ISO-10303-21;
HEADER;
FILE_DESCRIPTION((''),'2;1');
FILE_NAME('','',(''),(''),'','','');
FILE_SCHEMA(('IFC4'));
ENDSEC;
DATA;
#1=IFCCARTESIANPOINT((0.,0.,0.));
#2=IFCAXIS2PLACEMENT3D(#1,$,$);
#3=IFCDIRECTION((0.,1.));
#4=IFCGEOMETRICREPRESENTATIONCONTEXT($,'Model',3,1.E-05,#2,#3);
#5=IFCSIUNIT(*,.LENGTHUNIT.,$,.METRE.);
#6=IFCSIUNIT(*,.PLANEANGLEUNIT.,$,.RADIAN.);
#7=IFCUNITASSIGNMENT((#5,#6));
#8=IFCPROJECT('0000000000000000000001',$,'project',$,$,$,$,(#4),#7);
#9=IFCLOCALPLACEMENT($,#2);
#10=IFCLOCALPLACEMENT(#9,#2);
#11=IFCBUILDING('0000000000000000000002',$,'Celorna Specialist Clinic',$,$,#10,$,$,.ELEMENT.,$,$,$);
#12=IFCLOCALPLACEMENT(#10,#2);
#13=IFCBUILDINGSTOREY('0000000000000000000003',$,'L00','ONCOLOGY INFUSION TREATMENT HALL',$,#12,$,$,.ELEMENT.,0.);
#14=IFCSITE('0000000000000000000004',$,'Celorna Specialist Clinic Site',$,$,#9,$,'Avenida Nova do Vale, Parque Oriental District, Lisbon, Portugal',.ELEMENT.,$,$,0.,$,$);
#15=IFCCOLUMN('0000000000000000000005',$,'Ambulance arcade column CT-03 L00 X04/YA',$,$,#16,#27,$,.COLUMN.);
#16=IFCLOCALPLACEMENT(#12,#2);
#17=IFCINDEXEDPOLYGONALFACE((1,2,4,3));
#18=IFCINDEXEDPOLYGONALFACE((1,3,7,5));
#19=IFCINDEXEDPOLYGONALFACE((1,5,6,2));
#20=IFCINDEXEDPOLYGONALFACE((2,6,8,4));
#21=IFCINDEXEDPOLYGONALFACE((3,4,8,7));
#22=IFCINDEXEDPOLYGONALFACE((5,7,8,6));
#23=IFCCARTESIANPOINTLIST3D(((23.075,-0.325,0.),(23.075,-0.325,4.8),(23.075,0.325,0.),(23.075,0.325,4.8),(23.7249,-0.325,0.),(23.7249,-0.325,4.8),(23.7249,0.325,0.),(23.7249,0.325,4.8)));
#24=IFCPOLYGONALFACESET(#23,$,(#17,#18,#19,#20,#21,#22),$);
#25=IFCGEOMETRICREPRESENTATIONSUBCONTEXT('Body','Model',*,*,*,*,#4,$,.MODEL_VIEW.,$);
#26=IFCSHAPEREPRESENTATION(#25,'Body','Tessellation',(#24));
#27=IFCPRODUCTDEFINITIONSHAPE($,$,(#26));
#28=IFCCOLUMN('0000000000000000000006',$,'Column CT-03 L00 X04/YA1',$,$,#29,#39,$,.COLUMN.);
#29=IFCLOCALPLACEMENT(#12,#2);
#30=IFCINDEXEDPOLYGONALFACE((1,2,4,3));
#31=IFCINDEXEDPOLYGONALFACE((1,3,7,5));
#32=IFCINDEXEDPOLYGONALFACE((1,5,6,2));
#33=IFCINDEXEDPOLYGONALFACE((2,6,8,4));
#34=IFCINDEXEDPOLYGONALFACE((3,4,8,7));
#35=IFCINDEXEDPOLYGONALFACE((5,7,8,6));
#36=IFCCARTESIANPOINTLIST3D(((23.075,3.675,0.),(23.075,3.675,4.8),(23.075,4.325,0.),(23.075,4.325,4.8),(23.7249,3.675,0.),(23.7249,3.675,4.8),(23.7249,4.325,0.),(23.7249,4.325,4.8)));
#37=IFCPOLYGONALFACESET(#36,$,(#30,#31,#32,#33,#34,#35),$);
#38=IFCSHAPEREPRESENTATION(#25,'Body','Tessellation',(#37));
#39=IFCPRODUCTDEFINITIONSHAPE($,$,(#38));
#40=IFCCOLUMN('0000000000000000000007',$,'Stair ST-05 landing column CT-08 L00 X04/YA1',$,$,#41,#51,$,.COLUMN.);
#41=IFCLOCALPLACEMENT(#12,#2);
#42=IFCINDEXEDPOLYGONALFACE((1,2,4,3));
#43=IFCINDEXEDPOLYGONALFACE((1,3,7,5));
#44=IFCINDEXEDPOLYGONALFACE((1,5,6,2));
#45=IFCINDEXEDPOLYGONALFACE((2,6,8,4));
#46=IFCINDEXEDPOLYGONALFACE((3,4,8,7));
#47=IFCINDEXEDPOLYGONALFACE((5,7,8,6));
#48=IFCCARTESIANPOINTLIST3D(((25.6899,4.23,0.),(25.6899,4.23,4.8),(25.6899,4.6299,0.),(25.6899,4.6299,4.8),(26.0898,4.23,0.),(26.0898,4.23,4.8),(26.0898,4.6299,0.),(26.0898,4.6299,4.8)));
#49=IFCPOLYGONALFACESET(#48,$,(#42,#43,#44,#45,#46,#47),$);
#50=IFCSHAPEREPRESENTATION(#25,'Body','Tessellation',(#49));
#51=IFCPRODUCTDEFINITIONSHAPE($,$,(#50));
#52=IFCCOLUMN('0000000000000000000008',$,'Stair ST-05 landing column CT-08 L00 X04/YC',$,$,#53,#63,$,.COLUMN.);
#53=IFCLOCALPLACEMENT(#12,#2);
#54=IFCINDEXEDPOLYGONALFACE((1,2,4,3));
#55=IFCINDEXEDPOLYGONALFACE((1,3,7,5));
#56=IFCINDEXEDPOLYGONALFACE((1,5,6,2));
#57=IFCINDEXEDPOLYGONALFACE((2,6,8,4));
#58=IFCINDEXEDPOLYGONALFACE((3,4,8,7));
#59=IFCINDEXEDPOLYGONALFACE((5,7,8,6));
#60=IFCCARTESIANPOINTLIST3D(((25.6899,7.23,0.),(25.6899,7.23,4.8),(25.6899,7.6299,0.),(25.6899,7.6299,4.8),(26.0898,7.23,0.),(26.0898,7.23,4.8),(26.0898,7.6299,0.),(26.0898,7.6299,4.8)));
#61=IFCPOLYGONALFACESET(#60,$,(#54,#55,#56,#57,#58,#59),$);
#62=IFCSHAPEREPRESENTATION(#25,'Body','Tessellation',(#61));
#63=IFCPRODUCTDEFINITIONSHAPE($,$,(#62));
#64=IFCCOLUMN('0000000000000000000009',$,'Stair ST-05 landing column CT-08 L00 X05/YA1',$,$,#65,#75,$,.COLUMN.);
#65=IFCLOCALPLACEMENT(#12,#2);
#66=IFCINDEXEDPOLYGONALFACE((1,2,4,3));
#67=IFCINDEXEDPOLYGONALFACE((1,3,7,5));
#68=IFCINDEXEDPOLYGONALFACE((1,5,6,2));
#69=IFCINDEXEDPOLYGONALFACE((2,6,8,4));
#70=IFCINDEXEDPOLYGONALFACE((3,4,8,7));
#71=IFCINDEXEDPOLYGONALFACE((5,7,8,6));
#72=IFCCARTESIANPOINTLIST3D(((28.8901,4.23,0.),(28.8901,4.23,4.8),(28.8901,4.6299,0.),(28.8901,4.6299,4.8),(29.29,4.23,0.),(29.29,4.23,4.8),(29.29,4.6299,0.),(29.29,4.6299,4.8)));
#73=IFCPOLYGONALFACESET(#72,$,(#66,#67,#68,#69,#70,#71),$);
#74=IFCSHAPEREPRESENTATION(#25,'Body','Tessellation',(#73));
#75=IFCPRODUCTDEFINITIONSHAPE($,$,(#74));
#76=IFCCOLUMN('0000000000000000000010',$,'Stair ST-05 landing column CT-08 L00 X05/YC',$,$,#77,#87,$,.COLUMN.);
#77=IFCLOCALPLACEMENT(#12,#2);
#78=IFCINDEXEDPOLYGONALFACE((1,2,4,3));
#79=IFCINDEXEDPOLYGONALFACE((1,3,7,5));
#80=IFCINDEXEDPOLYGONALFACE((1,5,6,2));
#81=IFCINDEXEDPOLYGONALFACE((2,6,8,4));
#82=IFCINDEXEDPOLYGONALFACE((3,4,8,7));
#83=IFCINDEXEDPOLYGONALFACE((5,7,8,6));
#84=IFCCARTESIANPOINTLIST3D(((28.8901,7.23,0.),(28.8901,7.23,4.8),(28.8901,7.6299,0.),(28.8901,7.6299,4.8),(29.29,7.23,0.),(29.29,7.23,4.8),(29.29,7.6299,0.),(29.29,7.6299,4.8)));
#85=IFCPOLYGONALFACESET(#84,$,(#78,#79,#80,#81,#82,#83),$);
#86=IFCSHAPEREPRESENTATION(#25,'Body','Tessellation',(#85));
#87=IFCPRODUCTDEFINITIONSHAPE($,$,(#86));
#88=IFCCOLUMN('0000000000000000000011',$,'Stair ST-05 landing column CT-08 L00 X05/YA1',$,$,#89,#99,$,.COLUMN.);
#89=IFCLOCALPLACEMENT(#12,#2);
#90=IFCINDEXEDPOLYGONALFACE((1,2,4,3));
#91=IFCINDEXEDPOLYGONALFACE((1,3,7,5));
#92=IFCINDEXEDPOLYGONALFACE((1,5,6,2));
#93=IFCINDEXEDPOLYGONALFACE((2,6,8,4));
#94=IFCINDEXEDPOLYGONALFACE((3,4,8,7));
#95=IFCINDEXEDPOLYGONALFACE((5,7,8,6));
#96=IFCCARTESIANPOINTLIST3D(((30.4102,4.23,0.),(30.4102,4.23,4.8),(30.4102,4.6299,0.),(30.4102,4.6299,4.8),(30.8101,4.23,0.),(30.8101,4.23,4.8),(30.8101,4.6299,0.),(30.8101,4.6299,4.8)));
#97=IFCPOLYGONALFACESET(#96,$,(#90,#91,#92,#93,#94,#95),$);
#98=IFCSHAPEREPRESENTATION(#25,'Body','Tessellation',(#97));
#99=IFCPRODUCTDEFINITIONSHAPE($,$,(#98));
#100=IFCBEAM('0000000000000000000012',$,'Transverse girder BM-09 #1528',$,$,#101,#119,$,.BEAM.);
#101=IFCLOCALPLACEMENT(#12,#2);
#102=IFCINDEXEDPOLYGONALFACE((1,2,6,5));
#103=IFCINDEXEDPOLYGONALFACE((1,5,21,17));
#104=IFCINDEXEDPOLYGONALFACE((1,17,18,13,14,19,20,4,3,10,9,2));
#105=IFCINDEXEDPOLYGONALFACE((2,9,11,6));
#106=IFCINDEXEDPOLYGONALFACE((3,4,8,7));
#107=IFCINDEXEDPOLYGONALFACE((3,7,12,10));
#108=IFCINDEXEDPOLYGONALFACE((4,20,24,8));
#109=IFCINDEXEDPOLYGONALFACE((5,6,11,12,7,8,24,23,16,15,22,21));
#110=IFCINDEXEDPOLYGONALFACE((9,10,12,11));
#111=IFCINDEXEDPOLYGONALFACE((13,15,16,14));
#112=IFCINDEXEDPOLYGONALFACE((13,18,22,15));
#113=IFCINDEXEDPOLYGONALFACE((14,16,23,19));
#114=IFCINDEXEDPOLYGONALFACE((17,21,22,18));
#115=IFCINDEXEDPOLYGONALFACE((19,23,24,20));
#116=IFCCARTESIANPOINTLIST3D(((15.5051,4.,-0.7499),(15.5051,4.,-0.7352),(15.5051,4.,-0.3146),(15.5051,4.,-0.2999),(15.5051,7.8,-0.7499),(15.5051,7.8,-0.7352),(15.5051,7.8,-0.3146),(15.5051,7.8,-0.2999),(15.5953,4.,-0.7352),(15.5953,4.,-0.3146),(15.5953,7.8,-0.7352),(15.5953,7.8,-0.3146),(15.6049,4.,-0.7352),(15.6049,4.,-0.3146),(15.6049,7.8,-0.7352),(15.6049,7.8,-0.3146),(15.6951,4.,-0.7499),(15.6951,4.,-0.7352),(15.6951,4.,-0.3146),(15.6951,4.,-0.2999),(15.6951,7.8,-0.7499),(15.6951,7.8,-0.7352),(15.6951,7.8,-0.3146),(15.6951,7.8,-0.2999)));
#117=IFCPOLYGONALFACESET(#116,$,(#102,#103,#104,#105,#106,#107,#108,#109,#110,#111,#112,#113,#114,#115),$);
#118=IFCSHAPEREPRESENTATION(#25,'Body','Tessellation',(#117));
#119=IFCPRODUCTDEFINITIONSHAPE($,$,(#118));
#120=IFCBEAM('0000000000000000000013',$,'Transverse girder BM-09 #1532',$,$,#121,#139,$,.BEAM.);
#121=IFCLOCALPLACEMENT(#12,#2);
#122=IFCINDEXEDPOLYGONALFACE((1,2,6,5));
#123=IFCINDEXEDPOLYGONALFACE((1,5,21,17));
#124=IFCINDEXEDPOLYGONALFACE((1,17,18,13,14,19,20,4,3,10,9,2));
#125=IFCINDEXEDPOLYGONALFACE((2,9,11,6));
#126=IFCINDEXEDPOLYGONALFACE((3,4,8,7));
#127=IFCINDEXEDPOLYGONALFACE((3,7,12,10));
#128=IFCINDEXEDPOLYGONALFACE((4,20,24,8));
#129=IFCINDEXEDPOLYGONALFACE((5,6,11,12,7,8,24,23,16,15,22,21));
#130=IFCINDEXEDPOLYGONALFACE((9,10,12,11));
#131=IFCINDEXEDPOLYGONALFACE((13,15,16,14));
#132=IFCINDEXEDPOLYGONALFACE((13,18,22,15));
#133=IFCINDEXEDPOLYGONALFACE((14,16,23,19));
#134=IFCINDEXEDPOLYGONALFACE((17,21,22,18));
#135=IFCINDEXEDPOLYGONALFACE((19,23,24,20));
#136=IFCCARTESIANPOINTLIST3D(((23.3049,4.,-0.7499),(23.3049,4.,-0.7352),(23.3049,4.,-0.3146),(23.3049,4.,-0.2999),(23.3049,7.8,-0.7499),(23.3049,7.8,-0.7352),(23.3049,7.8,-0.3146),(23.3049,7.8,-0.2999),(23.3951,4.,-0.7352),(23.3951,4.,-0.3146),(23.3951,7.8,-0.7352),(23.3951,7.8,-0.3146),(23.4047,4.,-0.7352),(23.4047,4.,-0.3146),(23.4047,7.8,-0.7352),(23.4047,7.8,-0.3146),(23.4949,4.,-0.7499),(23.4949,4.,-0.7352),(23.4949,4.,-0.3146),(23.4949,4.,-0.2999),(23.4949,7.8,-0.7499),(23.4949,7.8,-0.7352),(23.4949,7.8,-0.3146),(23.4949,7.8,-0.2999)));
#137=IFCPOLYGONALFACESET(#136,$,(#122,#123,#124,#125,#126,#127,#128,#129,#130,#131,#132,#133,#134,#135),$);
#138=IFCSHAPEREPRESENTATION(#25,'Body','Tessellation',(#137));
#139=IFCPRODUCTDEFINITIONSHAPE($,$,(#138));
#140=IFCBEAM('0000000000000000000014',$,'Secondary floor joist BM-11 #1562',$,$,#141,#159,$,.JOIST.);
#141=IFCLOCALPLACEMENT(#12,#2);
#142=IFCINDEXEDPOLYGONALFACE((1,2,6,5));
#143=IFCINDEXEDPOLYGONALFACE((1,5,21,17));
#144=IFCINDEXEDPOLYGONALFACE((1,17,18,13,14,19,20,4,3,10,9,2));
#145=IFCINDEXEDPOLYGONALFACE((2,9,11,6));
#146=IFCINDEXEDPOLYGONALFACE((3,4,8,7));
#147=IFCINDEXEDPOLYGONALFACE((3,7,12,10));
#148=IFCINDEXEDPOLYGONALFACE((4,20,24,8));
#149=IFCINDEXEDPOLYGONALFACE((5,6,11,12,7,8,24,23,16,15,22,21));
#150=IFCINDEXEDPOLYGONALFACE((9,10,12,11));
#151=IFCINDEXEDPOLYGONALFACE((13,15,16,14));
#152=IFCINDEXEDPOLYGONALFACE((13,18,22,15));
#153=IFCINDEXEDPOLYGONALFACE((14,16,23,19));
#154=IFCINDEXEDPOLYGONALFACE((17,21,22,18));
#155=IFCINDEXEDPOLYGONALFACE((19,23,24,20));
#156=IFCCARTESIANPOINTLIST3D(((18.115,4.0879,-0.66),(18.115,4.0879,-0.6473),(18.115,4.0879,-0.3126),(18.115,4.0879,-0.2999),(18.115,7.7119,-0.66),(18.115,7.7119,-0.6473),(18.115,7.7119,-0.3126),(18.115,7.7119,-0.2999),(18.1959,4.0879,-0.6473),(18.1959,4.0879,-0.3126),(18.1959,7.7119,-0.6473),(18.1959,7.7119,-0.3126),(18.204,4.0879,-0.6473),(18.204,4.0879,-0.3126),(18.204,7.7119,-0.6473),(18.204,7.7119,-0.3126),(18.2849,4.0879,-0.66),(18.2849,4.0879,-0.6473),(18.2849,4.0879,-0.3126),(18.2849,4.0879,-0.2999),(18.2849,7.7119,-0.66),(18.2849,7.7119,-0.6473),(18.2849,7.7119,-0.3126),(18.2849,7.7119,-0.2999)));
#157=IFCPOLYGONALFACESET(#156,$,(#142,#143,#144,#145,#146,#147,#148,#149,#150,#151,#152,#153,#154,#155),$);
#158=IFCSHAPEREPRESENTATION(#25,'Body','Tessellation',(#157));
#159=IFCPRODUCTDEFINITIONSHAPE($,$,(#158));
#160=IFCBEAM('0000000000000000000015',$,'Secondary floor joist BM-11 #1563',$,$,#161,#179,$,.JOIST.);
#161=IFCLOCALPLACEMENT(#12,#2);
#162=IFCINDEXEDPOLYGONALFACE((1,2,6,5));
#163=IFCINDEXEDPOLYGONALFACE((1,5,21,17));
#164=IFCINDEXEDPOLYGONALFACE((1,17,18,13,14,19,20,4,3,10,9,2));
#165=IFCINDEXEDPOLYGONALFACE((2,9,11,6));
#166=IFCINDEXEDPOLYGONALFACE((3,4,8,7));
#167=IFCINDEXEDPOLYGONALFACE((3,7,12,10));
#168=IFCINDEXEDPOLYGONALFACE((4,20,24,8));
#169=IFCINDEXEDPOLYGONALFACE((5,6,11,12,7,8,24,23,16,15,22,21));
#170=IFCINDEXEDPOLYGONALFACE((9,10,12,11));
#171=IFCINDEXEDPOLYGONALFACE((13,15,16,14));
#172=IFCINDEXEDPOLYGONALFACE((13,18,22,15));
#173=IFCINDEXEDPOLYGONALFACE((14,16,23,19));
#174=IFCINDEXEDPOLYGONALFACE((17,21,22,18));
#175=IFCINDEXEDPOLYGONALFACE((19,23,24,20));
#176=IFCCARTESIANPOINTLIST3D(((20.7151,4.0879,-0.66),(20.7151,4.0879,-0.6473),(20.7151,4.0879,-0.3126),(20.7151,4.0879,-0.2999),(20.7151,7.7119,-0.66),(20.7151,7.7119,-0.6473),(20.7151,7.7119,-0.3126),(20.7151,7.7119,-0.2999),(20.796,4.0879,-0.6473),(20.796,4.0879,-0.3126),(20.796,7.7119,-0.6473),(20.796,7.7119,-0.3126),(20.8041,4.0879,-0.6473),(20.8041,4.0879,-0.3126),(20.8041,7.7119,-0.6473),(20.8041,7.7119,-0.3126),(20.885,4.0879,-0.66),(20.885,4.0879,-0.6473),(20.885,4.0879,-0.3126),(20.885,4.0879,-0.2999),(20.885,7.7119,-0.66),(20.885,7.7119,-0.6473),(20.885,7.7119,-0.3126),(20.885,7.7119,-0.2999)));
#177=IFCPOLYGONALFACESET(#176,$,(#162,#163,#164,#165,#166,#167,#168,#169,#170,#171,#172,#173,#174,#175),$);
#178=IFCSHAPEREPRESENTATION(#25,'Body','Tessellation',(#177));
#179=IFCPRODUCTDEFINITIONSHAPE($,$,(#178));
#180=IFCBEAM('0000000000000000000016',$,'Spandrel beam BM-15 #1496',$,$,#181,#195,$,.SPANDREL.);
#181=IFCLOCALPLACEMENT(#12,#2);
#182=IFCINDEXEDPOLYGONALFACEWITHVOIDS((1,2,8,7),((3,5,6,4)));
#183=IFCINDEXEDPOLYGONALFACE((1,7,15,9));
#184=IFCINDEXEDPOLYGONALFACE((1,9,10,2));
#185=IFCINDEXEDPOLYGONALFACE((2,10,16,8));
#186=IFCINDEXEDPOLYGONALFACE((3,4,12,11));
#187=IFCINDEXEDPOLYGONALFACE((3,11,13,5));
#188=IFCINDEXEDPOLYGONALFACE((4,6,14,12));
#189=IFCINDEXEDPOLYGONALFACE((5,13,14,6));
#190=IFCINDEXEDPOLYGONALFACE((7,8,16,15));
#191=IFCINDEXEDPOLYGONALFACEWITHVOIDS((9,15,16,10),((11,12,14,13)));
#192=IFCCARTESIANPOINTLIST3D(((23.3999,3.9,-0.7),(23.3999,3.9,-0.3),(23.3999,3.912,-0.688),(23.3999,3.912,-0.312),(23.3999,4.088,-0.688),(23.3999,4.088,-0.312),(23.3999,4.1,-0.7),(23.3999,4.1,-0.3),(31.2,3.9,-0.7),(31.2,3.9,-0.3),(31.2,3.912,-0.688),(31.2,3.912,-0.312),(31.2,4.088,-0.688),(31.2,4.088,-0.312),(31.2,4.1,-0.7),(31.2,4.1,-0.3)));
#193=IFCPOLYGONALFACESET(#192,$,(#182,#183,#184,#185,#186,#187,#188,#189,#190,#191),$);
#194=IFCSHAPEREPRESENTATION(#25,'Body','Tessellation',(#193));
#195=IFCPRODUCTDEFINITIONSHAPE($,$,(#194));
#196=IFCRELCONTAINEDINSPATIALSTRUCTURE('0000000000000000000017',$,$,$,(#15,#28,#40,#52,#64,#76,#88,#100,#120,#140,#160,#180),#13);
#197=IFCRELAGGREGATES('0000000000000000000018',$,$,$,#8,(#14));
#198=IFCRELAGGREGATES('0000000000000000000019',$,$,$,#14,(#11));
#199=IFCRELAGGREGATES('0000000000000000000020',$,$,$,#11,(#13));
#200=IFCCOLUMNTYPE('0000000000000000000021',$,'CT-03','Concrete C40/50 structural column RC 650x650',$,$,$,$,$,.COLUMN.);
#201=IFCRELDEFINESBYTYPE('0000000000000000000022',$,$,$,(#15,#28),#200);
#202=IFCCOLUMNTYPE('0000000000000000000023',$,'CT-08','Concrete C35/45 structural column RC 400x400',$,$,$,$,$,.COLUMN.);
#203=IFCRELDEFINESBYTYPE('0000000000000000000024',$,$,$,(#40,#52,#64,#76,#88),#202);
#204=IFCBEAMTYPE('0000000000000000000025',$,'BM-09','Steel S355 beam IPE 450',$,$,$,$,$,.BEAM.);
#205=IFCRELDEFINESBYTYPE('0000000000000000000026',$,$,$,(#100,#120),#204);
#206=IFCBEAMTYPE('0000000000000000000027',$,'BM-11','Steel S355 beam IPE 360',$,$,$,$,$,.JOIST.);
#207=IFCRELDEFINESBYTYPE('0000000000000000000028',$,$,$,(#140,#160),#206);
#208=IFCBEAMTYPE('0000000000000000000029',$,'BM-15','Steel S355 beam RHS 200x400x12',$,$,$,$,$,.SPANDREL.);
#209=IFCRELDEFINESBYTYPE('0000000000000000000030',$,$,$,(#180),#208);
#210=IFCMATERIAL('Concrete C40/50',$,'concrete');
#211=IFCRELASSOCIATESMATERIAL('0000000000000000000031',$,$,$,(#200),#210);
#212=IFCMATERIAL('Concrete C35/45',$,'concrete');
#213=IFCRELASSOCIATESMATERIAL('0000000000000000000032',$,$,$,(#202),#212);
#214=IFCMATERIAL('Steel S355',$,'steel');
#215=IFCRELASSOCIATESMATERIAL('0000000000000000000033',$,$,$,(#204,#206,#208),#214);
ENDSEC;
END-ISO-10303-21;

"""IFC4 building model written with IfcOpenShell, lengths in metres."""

from ifc_helpers import new_model, si_unit, direction, frame, origin, origin_2d, place, context, subcontext, project, spatial, rectangle, hollow_rectangle, i_section, extrude, material, material_profile, profile_set, type_object, element, save


model = new_model("IFC4")

# Units and contexts
model_context = context("Model", 3, precision=1e-05, world=origin(), true_north=direction((0.0, 1.0)))
body_context = subcontext(model_context, "Body", "Model", "MODEL_VIEW")
ifc_project = project(units=[si_unit("LENGTHUNIT", "METRE"), si_unit("PLANEANGLEUNIT", "RADIAN")], contexts=[model_context])

# Site, building, storey
site_placement = place(None, origin())
site = spatial("IfcSite", under=ifc_project, at=site_placement, Name="Celorna Specialist Clinic Site", LongName="Avenida Nova do Vale, Parque Oriental District, Lisbon, Portugal", CompositionType="ELEMENT", RefElevation=0.0)
building_placement = place(site_placement, origin())
building = spatial("IfcBuilding", under=site, at=building_placement, Name="Celorna Specialist Clinic", CompositionType="ELEMENT")
storey_placement = place(building_placement, origin())
storey = spatial("IfcBuildingStorey", under=building, at=storey_placement, Name="L00", Description="ONCOLOGY INFUSION TREATMENT HALL", CompositionType="ELEMENT", Elevation=0.0)

# Columns
ifc_material_1 = material(Name="Concrete C40/50", Category="concrete")
ifc_material_profile_1 = material_profile(ifc_material_1, rectangle(XDim=0.6499, YDim=0.6499, at=origin_2d()), Name="RC 650x650")
ifc_profile_set_1 = profile_set([ifc_material_profile_1], Name="Concrete C40/50")
column_type_1 = type_object("IfcColumnType", Name="CT-03", Description="Concrete C40/50 structural column RC 650x650", PredefinedType="COLUMN", material=ifc_profile_set_1)
for number, where, z_axis, x_axis, name in (
    (1, (23.3999, 0.0, 0.0), (0.0, 0.0, 1.0), (1.0, 0.0, 0.0), "Ambulance arcade column CT-03 L00 X04/YA"),
    (2, (23.3999, 4.0, 0.0), (0.0, 0.0, 1.0), (1.0, 0.0, 0.0), "Column CT-03 L00 X04/YA1"),
):
    element("IfcColumn", number, at=place(storey_placement, frame(where, z_axis=z_axis, x_axis=x_axis)), inside=storey, type_object=column_type_1, Name=name, PredefinedType="COLUMN", context=body_context, shape_type="SweptSolid", body=[
        extrude(rectangle(XDim=0.6499, YDim=0.6499, at=origin_2d()), origin(), (0.0, 0.0, 1.0), 4.8),
    ])
ifc_material_2 = material(Name="Concrete C35/45", Category="concrete")
ifc_material_profile_2 = material_profile(ifc_material_2, rectangle(XDim=0.3999, YDim=0.3999, at=origin_2d()), Name="RC 400x400")
ifc_profile_set_2 = profile_set([ifc_material_profile_2], Name="Concrete C35/45")
column_type_2 = type_object("IfcColumnType", Name="CT-08", Description="Concrete C35/45 structural column RC 400x400", PredefinedType="COLUMN", material=ifc_profile_set_2)
for number, where, z_axis, x_axis, name in (
    (3, (25.8899, 4.4299, 0.0), (0.0, 0.0, 1.0), (1.0, 0.0, 0.0), "Stair ST-05 landing column CT-08 L00 X04/YA1"),
    (4, (25.8899, 7.4299, 0.0), (0.0, 0.0, 1.0), (1.0, 0.0, 0.0), "Stair ST-05 landing column CT-08 L00 X04/YC"),
    (5, (29.0901, 4.4299, 0.0), (0.0, 0.0, 1.0), (1.0, 0.0, 0.0), "Stair ST-05 landing column CT-08 L00 X05/YA1"),
    (6, (29.0901, 7.4299, 0.0), (0.0, 0.0, 1.0), (1.0, 0.0, 0.0), "Stair ST-05 landing column CT-08 L00 X05/YC"),
    (7, (30.6101, 4.4299, 0.0), (0.0, 0.0, 1.0), (1.0, 0.0, 0.0), "Stair ST-05 landing column CT-08 L00 X05/YA1"),
):
    element("IfcColumn", number, at=place(storey_placement, frame(where, z_axis=z_axis, x_axis=x_axis)), inside=storey, type_object=column_type_2, Name=name, PredefinedType="COLUMN", context=body_context, shape_type="SweptSolid", body=[
        extrude(rectangle(XDim=0.3999, YDim=0.3999, at=origin_2d()), origin(), (0.0, 0.0, 1.0), 4.8),
    ])

# Beams
ifc_material_3 = material(Name="Steel S355", Category="steel")
ifc_material_profile_3 = material_profile(ifc_material_3, i_section(OverallWidth=0.1899, OverallDepth=0.45, WebThickness=0.0095, FlangeThickness=0.0146, at=origin_2d()), Name="IPE 450")
ifc_profile_set_3 = profile_set([ifc_material_profile_3], Name="Steel S355")
beam_type_1 = type_object("IfcBeamType", Name="BM-09", Description="Steel S355 beam IPE 450", PredefinedType="BEAM", material=ifc_profile_set_3)
for number, where, z_axis, x_axis, name in (
    (8, (15.6001, 4.0, -0.5249), (0.0, 1.0, 0.0), (-1.0, 0.0, 0.0), "Transverse girder BM-09 #1528"),
    (9, (23.3999, 4.0, -0.5249), (0.0, 1.0, 0.0), (-1.0, 0.0, 0.0), "Transverse girder BM-09 #1532"),
):
    element("IfcBeam", number, at=place(storey_placement, frame(where, z_axis=z_axis, x_axis=x_axis)), inside=storey, type_object=beam_type_1, Name=name, PredefinedType="BEAM", context=body_context, shape_type="SweptSolid", body=[
        extrude(i_section(OverallWidth=0.1899, OverallDepth=0.45, WebThickness=0.0095, FlangeThickness=0.0146, at=origin_2d()), origin(), (0.0, 0.0, 1.0), 3.8),
    ])
ifc_material_profile_4 = material_profile(ifc_material_3, i_section(OverallWidth=0.1699, OverallDepth=0.3601, WebThickness=0.0081, FlangeThickness=0.0127, at=origin_2d()), Name="IPE 360")
ifc_profile_set_4 = profile_set([ifc_material_profile_4], Name="Steel S355")
beam_type_2 = type_object("IfcBeamType", Name="BM-11", Description="Steel S355 beam IPE 360", PredefinedType="JOIST", material=ifc_profile_set_4)
for number, where, z_axis, x_axis, name in (
    (10, (18.2, 4.0879, -0.48), (0.0, 1.0, 0.0), (-1.0, 0.0, 0.0), "Secondary floor joist BM-11 #1562"),
    (11, (20.8, 4.0879, -0.48), (0.0, 1.0, 0.0), (-1.0, 0.0, 0.0), "Secondary floor joist BM-11 #1563"),
):
    element("IfcBeam", number, at=place(storey_placement, frame(where, z_axis=z_axis, x_axis=x_axis)), inside=storey, type_object=beam_type_2, Name=name, PredefinedType="JOIST", context=body_context, shape_type="SweptSolid", body=[
        extrude(i_section(OverallWidth=0.1699, OverallDepth=0.3601, WebThickness=0.0081, FlangeThickness=0.0127, at=origin_2d()), origin(), (0.0, 0.0, 1.0), 3.624),
    ])
ifc_material_profile_5 = material_profile(ifc_material_3, hollow_rectangle(XDim=0.2, YDim=0.3999, WallThickness=0.012, at=origin_2d()), Name="RHS 200x400x12")
ifc_profile_set_5 = profile_set([ifc_material_profile_5], Name="Steel S355")
beam_type_3 = type_object("IfcBeamType", Name="BM-15", Description="Steel S355 beam RHS 200x400x12", PredefinedType="SPANDREL", material=ifc_profile_set_5)
beam_placement = place(storey_placement, frame((23.3999, 4.0, -0.5), z_axis=(1.0, 0.0, 0.0), x_axis=(0.0, 1.0, 0.0)))
element("IfcBeam", 12, at=beam_placement, inside=storey, type_object=beam_type_3, Name="Spandrel beam BM-15 #1496", PredefinedType="SPANDREL", context=body_context, shape_type="SweptSolid", body=[
    extrude(hollow_rectangle(XDim=0.2, YDim=0.3999, WallThickness=0.012, at=origin_2d()), origin(), (0.0, 0.0, 1.0), 7.8),
])

save(model, "model.ifc")
